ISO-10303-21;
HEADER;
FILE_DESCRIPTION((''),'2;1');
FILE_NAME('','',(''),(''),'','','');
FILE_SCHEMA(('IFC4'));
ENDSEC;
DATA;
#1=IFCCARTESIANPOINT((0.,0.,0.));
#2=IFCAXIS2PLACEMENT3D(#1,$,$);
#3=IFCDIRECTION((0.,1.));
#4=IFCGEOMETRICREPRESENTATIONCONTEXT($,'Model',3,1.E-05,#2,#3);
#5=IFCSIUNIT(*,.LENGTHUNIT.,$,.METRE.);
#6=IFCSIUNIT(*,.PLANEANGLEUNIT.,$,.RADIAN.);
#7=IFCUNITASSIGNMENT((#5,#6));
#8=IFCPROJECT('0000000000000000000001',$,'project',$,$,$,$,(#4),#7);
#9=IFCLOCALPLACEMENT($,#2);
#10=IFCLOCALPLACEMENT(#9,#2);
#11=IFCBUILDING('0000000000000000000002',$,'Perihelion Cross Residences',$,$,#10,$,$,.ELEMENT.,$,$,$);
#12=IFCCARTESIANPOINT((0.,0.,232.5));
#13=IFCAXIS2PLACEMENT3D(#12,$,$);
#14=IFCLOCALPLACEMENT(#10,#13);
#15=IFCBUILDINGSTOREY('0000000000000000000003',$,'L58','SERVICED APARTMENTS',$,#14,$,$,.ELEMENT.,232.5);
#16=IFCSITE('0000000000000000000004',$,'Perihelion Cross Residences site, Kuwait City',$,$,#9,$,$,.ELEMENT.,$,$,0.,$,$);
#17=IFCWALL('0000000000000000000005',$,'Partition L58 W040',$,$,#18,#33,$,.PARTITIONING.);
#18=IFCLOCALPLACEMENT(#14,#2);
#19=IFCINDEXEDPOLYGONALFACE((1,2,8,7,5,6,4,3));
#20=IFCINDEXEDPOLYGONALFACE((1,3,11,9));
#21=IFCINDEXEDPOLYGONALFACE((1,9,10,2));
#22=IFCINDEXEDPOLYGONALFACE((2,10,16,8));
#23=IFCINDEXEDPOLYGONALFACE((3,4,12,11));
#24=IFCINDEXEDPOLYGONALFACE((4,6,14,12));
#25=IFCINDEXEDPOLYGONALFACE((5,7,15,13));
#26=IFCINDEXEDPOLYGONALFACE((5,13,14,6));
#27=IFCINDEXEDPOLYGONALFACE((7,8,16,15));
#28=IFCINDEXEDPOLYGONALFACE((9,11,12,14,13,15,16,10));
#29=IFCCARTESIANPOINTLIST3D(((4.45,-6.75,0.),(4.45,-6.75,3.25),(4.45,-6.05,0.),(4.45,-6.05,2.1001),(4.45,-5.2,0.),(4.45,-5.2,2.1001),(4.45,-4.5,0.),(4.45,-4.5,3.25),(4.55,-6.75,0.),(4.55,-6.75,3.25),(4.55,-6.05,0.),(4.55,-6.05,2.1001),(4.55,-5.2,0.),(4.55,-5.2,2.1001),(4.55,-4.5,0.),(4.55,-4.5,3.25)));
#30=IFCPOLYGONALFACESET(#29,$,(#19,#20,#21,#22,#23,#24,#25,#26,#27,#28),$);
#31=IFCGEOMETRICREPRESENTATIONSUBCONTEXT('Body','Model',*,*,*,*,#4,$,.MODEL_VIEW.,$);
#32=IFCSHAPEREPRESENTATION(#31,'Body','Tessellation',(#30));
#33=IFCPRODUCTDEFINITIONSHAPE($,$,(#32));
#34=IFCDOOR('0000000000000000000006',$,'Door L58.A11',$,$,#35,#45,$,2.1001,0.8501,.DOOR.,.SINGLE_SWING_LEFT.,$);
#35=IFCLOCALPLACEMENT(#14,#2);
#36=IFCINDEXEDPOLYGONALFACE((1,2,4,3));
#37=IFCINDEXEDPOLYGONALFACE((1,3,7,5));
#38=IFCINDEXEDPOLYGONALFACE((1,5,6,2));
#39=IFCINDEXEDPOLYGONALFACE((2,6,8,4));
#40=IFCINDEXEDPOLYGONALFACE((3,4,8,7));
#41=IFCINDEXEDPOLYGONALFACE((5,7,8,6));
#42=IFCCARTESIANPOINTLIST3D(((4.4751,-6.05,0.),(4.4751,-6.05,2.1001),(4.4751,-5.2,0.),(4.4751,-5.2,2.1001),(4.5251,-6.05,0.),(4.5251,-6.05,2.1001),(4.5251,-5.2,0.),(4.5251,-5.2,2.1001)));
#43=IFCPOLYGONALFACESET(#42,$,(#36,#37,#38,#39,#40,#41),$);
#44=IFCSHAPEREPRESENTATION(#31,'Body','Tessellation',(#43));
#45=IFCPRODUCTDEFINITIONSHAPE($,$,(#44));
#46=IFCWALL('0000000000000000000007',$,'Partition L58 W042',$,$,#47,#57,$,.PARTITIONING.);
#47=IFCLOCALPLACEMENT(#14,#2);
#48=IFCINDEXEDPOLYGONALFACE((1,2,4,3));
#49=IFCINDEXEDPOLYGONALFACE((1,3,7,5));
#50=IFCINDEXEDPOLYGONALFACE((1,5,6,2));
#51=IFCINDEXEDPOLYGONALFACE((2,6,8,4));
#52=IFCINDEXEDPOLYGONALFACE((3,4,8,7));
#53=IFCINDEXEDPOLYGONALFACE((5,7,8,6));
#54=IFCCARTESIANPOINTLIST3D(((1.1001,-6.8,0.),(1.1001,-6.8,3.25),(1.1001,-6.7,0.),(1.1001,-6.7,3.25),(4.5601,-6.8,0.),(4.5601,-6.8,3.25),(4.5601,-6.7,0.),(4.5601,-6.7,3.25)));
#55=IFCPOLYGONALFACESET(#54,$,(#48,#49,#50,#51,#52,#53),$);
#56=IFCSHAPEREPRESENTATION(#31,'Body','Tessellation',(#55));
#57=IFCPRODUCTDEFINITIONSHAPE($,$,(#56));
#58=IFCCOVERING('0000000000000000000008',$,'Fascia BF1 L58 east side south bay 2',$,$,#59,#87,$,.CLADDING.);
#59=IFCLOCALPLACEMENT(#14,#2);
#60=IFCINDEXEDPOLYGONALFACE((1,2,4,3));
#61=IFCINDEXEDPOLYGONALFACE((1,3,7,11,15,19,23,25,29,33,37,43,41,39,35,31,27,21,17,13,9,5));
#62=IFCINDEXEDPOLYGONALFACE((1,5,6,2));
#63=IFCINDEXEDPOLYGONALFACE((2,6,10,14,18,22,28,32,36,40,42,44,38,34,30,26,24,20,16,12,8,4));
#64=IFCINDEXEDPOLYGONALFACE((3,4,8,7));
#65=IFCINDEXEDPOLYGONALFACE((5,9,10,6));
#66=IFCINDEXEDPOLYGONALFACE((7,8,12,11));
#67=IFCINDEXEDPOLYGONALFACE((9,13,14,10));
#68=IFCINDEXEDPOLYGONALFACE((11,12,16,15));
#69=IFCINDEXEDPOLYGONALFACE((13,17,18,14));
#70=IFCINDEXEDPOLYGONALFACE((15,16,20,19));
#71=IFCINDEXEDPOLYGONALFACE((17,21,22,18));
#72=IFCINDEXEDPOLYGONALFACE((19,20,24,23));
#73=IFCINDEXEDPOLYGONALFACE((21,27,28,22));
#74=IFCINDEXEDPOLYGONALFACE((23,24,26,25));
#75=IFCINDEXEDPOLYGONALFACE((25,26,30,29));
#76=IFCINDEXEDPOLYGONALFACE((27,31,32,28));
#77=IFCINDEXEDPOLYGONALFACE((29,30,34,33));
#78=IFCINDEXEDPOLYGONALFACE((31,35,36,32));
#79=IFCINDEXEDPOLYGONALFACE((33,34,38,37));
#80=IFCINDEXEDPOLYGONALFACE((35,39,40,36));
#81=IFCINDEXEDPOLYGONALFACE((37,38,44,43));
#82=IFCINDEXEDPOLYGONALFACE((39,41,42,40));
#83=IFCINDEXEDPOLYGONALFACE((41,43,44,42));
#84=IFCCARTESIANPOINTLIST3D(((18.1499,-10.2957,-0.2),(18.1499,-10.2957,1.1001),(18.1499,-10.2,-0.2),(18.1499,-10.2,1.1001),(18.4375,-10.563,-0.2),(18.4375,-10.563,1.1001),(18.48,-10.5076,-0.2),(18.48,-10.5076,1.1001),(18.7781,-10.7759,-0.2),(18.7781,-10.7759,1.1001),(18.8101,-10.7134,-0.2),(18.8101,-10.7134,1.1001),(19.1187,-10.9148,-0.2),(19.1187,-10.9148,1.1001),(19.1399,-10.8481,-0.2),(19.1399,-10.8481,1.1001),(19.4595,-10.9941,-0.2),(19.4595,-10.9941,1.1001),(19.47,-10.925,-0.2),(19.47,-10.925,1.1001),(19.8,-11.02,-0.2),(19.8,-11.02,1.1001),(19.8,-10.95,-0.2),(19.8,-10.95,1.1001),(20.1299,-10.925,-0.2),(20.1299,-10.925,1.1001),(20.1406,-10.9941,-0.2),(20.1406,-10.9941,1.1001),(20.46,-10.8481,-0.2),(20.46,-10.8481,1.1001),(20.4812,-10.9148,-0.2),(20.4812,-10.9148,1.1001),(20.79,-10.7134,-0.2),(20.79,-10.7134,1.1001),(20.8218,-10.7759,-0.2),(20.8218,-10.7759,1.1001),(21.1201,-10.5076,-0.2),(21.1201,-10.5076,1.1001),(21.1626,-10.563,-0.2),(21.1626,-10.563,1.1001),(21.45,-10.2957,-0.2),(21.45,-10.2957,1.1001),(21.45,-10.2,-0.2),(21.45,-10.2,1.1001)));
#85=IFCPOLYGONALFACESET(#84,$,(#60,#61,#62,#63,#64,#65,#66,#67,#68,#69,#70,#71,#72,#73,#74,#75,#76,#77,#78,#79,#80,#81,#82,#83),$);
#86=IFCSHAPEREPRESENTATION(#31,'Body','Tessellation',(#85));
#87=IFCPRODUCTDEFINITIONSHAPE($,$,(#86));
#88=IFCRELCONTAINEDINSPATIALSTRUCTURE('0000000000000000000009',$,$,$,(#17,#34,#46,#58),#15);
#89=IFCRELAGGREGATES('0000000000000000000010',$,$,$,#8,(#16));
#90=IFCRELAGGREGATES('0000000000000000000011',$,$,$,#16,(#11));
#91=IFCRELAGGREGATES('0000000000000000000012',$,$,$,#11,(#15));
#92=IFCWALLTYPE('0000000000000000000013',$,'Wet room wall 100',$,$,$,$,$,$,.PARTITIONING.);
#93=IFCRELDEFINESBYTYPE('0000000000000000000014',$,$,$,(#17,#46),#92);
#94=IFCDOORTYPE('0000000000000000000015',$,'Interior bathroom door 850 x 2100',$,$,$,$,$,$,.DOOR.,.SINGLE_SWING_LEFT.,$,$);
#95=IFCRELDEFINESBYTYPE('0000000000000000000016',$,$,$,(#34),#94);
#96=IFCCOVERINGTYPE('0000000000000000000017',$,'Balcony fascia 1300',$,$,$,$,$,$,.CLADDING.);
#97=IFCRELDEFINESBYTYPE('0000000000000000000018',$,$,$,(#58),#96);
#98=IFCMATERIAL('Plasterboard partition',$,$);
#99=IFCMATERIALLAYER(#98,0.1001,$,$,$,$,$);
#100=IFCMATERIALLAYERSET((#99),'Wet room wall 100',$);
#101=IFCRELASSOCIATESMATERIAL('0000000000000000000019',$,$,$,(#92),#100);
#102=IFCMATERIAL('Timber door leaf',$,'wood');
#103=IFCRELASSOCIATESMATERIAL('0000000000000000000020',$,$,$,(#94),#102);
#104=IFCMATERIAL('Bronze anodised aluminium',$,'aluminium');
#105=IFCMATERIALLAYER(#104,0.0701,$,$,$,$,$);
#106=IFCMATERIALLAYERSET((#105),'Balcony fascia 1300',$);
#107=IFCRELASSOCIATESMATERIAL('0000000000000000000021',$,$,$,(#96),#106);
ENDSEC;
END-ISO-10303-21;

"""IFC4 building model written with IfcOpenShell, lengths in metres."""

from ifc_helpers import new_model, si_unit, direction, frame, frame_2d, origin, place, context, subcontext, project, spatial, polyline, rectangle, outline, extrude, material, layer, layer_set, type_object, element, fill, save


model = new_model("IFC4")

# Units and contexts
model_context = context("Model", 3, precision=1e-05, world=origin(), true_north=direction((0.0, 1.0)))
body_context = subcontext(model_context, "Body", "Model", "MODEL_VIEW")
ifc_project = project(units=[si_unit("LENGTHUNIT", "METRE"), si_unit("PLANEANGLEUNIT", "RADIAN")], contexts=[model_context])

# Site, building, storey
site_placement = place(None, origin())
site = spatial("IfcSite", under=ifc_project, at=site_placement, Name="Perihelion Cross Residences site, Kuwait City", CompositionType="ELEMENT", RefElevation=0.0)
building_placement = place(site_placement, origin())
building = spatial("IfcBuilding", under=site, at=building_placement, Name="Perihelion Cross Residences", CompositionType="ELEMENT")
storey_placement = place(building_placement, frame((0.0, 0.0, 232.5)))
storey = spatial("IfcBuildingStorey", under=building, at=storey_placement, Name="L58", Description="SERVICED APARTMENTS", CompositionType="ELEMENT", Elevation=232.5)

# Wall, opening, door
ifc_material_1 = material(Name="Plasterboard partition")
ifc_layer_1 = layer(ifc_material_1, 0.1001)
ifc_layer_set_1 = layer_set([ifc_layer_1], Name="Wet room wall 100")
wall_type_1 = type_object("IfcWallType", Name="Wet room wall 100", PredefinedType="PARTITIONING", material=ifc_layer_set_1)
wall_1_placement = place(storey_placement, frame((4.5, -6.75, 0.0), z_axis=(0.0, 0.0, 1.0), x_axis=(0.0, 1.0, 0.0)))
wall_1 = element("IfcWall", 1, at=wall_1_placement, inside=storey, type_object=wall_type_1, Name="Partition L58 W040", PredefinedType="PARTITIONING", context=body_context, shape_type="SweptSolid", body=[
    extrude(rectangle(XDim=2.25, YDim=0.1001, at=frame_2d((1.125, 0.0))), origin(), (0.0, 0.0, 1.0), 3.25),
])
opening_placement = place(wall_1_placement, frame((0.7, 0.0, 0.0)))
opening = element("IfcOpeningElement", 2, at=opening_placement, cuts=wall_1, PredefinedType="OPENING", context=body_context, shape_type="SweptSolid", body=[
    extrude(rectangle(XDim=0.8501, YDim=2.1001, at=frame_2d((0.425, 1.05))), frame((0.0, 0.0601, 0.0), z_axis=(0.0, -1.0, 0.0), x_axis=(1.0, 0.0, 0.0)), (0.0, 0.0, 1.0), 0.1201),
])
ifc_material_2 = material(Name="Timber door leaf", Category="wood")
door_type = type_object("IfcDoorType", Name="Interior bathroom door 850 x 2100", OperationType="SINGLE_SWING_LEFT", PredefinedType="DOOR", material=ifc_material_2)
door_placement = place(opening_placement, origin())
door = element("IfcDoor", 3, at=door_placement, inside=storey, type_object=door_type, Name="Door L58.A11", OperationType="SINGLE_SWING_LEFT", OverallHeight=2.1001, OverallWidth=0.8501, PredefinedType="DOOR", context=body_context, shape_type="SweptSolid", body=[
    extrude(rectangle(XDim=0.8501, YDim=2.1001, at=frame_2d((0.425, 1.05))), frame((0.0, 0.0249, 0.0), z_axis=(0.0, -1.0, 0.0), x_axis=(1.0, 0.0, 0.0)), (0.0, 0.0, 1.0), 0.05),
])
fill(opening, door)

# Wall
wall_2_placement = place(storey_placement, frame((4.5601, -6.75, 0.0), z_axis=(0.0, 0.0, 1.0), x_axis=(-1.0, 0.0, 0.0)))
element("IfcWall", 4, at=wall_2_placement, inside=storey, type_object=wall_type_1, Name="Partition L58 W042", PredefinedType="PARTITIONING", context=body_context, shape_type="SweptSolid", body=[
    extrude(rectangle(XDim=3.46, YDim=0.1001, at=frame_2d((1.73, 0.0))), origin(), (0.0, 0.0, 1.0), 3.25),
])

# Covering
ifc_material_3 = material(Name="Bronze anodised aluminium", Category="aluminium")
ifc_layer_2 = layer(ifc_material_3, 0.0701)
ifc_layer_set_2 = layer_set([ifc_layer_2], Name="Balcony fascia 1300")
covering_type = type_object("IfcCoveringType", Name="Balcony fascia 1300", PredefinedType="CLADDING", material=ifc_layer_set_2)
covering_placement = place(storey_placement, frame((0.0, 0.0, -0.2)))
element("IfcCovering", 5, at=covering_placement, inside=storey, type_object=covering_type, Name="Fascia BF1 L58 east side south bay 2", PredefinedType="CLADDING", context=body_context, shape_type="SweptSolid", body=[
    extrude(outline(polyline([(18.4375, -10.563), (18.7781, -10.7759), (19.1187, -10.9148), (19.4595, -10.9941), (19.8, -11.02), (20.1406, -10.9941), (20.4812, -10.9148), (20.8218, -10.7759), (21.1626, -10.563), (21.45, -10.2957), (21.45, -10.2), (21.1201, -10.5076), (20.79, -10.7134), (20.46, -10.8481), (20.1299, -10.925), (19.8, -10.95), (19.47, -10.925), (19.1399, -10.8481), (18.8101, -10.7134), (18.48, -10.5076), (18.1499, -10.2), (18.1499, -10.2957), (18.4375, -10.563)])), origin(), (0.0, 0.0, 1.0), 1.3),
])

save(model, "model.ifc")
